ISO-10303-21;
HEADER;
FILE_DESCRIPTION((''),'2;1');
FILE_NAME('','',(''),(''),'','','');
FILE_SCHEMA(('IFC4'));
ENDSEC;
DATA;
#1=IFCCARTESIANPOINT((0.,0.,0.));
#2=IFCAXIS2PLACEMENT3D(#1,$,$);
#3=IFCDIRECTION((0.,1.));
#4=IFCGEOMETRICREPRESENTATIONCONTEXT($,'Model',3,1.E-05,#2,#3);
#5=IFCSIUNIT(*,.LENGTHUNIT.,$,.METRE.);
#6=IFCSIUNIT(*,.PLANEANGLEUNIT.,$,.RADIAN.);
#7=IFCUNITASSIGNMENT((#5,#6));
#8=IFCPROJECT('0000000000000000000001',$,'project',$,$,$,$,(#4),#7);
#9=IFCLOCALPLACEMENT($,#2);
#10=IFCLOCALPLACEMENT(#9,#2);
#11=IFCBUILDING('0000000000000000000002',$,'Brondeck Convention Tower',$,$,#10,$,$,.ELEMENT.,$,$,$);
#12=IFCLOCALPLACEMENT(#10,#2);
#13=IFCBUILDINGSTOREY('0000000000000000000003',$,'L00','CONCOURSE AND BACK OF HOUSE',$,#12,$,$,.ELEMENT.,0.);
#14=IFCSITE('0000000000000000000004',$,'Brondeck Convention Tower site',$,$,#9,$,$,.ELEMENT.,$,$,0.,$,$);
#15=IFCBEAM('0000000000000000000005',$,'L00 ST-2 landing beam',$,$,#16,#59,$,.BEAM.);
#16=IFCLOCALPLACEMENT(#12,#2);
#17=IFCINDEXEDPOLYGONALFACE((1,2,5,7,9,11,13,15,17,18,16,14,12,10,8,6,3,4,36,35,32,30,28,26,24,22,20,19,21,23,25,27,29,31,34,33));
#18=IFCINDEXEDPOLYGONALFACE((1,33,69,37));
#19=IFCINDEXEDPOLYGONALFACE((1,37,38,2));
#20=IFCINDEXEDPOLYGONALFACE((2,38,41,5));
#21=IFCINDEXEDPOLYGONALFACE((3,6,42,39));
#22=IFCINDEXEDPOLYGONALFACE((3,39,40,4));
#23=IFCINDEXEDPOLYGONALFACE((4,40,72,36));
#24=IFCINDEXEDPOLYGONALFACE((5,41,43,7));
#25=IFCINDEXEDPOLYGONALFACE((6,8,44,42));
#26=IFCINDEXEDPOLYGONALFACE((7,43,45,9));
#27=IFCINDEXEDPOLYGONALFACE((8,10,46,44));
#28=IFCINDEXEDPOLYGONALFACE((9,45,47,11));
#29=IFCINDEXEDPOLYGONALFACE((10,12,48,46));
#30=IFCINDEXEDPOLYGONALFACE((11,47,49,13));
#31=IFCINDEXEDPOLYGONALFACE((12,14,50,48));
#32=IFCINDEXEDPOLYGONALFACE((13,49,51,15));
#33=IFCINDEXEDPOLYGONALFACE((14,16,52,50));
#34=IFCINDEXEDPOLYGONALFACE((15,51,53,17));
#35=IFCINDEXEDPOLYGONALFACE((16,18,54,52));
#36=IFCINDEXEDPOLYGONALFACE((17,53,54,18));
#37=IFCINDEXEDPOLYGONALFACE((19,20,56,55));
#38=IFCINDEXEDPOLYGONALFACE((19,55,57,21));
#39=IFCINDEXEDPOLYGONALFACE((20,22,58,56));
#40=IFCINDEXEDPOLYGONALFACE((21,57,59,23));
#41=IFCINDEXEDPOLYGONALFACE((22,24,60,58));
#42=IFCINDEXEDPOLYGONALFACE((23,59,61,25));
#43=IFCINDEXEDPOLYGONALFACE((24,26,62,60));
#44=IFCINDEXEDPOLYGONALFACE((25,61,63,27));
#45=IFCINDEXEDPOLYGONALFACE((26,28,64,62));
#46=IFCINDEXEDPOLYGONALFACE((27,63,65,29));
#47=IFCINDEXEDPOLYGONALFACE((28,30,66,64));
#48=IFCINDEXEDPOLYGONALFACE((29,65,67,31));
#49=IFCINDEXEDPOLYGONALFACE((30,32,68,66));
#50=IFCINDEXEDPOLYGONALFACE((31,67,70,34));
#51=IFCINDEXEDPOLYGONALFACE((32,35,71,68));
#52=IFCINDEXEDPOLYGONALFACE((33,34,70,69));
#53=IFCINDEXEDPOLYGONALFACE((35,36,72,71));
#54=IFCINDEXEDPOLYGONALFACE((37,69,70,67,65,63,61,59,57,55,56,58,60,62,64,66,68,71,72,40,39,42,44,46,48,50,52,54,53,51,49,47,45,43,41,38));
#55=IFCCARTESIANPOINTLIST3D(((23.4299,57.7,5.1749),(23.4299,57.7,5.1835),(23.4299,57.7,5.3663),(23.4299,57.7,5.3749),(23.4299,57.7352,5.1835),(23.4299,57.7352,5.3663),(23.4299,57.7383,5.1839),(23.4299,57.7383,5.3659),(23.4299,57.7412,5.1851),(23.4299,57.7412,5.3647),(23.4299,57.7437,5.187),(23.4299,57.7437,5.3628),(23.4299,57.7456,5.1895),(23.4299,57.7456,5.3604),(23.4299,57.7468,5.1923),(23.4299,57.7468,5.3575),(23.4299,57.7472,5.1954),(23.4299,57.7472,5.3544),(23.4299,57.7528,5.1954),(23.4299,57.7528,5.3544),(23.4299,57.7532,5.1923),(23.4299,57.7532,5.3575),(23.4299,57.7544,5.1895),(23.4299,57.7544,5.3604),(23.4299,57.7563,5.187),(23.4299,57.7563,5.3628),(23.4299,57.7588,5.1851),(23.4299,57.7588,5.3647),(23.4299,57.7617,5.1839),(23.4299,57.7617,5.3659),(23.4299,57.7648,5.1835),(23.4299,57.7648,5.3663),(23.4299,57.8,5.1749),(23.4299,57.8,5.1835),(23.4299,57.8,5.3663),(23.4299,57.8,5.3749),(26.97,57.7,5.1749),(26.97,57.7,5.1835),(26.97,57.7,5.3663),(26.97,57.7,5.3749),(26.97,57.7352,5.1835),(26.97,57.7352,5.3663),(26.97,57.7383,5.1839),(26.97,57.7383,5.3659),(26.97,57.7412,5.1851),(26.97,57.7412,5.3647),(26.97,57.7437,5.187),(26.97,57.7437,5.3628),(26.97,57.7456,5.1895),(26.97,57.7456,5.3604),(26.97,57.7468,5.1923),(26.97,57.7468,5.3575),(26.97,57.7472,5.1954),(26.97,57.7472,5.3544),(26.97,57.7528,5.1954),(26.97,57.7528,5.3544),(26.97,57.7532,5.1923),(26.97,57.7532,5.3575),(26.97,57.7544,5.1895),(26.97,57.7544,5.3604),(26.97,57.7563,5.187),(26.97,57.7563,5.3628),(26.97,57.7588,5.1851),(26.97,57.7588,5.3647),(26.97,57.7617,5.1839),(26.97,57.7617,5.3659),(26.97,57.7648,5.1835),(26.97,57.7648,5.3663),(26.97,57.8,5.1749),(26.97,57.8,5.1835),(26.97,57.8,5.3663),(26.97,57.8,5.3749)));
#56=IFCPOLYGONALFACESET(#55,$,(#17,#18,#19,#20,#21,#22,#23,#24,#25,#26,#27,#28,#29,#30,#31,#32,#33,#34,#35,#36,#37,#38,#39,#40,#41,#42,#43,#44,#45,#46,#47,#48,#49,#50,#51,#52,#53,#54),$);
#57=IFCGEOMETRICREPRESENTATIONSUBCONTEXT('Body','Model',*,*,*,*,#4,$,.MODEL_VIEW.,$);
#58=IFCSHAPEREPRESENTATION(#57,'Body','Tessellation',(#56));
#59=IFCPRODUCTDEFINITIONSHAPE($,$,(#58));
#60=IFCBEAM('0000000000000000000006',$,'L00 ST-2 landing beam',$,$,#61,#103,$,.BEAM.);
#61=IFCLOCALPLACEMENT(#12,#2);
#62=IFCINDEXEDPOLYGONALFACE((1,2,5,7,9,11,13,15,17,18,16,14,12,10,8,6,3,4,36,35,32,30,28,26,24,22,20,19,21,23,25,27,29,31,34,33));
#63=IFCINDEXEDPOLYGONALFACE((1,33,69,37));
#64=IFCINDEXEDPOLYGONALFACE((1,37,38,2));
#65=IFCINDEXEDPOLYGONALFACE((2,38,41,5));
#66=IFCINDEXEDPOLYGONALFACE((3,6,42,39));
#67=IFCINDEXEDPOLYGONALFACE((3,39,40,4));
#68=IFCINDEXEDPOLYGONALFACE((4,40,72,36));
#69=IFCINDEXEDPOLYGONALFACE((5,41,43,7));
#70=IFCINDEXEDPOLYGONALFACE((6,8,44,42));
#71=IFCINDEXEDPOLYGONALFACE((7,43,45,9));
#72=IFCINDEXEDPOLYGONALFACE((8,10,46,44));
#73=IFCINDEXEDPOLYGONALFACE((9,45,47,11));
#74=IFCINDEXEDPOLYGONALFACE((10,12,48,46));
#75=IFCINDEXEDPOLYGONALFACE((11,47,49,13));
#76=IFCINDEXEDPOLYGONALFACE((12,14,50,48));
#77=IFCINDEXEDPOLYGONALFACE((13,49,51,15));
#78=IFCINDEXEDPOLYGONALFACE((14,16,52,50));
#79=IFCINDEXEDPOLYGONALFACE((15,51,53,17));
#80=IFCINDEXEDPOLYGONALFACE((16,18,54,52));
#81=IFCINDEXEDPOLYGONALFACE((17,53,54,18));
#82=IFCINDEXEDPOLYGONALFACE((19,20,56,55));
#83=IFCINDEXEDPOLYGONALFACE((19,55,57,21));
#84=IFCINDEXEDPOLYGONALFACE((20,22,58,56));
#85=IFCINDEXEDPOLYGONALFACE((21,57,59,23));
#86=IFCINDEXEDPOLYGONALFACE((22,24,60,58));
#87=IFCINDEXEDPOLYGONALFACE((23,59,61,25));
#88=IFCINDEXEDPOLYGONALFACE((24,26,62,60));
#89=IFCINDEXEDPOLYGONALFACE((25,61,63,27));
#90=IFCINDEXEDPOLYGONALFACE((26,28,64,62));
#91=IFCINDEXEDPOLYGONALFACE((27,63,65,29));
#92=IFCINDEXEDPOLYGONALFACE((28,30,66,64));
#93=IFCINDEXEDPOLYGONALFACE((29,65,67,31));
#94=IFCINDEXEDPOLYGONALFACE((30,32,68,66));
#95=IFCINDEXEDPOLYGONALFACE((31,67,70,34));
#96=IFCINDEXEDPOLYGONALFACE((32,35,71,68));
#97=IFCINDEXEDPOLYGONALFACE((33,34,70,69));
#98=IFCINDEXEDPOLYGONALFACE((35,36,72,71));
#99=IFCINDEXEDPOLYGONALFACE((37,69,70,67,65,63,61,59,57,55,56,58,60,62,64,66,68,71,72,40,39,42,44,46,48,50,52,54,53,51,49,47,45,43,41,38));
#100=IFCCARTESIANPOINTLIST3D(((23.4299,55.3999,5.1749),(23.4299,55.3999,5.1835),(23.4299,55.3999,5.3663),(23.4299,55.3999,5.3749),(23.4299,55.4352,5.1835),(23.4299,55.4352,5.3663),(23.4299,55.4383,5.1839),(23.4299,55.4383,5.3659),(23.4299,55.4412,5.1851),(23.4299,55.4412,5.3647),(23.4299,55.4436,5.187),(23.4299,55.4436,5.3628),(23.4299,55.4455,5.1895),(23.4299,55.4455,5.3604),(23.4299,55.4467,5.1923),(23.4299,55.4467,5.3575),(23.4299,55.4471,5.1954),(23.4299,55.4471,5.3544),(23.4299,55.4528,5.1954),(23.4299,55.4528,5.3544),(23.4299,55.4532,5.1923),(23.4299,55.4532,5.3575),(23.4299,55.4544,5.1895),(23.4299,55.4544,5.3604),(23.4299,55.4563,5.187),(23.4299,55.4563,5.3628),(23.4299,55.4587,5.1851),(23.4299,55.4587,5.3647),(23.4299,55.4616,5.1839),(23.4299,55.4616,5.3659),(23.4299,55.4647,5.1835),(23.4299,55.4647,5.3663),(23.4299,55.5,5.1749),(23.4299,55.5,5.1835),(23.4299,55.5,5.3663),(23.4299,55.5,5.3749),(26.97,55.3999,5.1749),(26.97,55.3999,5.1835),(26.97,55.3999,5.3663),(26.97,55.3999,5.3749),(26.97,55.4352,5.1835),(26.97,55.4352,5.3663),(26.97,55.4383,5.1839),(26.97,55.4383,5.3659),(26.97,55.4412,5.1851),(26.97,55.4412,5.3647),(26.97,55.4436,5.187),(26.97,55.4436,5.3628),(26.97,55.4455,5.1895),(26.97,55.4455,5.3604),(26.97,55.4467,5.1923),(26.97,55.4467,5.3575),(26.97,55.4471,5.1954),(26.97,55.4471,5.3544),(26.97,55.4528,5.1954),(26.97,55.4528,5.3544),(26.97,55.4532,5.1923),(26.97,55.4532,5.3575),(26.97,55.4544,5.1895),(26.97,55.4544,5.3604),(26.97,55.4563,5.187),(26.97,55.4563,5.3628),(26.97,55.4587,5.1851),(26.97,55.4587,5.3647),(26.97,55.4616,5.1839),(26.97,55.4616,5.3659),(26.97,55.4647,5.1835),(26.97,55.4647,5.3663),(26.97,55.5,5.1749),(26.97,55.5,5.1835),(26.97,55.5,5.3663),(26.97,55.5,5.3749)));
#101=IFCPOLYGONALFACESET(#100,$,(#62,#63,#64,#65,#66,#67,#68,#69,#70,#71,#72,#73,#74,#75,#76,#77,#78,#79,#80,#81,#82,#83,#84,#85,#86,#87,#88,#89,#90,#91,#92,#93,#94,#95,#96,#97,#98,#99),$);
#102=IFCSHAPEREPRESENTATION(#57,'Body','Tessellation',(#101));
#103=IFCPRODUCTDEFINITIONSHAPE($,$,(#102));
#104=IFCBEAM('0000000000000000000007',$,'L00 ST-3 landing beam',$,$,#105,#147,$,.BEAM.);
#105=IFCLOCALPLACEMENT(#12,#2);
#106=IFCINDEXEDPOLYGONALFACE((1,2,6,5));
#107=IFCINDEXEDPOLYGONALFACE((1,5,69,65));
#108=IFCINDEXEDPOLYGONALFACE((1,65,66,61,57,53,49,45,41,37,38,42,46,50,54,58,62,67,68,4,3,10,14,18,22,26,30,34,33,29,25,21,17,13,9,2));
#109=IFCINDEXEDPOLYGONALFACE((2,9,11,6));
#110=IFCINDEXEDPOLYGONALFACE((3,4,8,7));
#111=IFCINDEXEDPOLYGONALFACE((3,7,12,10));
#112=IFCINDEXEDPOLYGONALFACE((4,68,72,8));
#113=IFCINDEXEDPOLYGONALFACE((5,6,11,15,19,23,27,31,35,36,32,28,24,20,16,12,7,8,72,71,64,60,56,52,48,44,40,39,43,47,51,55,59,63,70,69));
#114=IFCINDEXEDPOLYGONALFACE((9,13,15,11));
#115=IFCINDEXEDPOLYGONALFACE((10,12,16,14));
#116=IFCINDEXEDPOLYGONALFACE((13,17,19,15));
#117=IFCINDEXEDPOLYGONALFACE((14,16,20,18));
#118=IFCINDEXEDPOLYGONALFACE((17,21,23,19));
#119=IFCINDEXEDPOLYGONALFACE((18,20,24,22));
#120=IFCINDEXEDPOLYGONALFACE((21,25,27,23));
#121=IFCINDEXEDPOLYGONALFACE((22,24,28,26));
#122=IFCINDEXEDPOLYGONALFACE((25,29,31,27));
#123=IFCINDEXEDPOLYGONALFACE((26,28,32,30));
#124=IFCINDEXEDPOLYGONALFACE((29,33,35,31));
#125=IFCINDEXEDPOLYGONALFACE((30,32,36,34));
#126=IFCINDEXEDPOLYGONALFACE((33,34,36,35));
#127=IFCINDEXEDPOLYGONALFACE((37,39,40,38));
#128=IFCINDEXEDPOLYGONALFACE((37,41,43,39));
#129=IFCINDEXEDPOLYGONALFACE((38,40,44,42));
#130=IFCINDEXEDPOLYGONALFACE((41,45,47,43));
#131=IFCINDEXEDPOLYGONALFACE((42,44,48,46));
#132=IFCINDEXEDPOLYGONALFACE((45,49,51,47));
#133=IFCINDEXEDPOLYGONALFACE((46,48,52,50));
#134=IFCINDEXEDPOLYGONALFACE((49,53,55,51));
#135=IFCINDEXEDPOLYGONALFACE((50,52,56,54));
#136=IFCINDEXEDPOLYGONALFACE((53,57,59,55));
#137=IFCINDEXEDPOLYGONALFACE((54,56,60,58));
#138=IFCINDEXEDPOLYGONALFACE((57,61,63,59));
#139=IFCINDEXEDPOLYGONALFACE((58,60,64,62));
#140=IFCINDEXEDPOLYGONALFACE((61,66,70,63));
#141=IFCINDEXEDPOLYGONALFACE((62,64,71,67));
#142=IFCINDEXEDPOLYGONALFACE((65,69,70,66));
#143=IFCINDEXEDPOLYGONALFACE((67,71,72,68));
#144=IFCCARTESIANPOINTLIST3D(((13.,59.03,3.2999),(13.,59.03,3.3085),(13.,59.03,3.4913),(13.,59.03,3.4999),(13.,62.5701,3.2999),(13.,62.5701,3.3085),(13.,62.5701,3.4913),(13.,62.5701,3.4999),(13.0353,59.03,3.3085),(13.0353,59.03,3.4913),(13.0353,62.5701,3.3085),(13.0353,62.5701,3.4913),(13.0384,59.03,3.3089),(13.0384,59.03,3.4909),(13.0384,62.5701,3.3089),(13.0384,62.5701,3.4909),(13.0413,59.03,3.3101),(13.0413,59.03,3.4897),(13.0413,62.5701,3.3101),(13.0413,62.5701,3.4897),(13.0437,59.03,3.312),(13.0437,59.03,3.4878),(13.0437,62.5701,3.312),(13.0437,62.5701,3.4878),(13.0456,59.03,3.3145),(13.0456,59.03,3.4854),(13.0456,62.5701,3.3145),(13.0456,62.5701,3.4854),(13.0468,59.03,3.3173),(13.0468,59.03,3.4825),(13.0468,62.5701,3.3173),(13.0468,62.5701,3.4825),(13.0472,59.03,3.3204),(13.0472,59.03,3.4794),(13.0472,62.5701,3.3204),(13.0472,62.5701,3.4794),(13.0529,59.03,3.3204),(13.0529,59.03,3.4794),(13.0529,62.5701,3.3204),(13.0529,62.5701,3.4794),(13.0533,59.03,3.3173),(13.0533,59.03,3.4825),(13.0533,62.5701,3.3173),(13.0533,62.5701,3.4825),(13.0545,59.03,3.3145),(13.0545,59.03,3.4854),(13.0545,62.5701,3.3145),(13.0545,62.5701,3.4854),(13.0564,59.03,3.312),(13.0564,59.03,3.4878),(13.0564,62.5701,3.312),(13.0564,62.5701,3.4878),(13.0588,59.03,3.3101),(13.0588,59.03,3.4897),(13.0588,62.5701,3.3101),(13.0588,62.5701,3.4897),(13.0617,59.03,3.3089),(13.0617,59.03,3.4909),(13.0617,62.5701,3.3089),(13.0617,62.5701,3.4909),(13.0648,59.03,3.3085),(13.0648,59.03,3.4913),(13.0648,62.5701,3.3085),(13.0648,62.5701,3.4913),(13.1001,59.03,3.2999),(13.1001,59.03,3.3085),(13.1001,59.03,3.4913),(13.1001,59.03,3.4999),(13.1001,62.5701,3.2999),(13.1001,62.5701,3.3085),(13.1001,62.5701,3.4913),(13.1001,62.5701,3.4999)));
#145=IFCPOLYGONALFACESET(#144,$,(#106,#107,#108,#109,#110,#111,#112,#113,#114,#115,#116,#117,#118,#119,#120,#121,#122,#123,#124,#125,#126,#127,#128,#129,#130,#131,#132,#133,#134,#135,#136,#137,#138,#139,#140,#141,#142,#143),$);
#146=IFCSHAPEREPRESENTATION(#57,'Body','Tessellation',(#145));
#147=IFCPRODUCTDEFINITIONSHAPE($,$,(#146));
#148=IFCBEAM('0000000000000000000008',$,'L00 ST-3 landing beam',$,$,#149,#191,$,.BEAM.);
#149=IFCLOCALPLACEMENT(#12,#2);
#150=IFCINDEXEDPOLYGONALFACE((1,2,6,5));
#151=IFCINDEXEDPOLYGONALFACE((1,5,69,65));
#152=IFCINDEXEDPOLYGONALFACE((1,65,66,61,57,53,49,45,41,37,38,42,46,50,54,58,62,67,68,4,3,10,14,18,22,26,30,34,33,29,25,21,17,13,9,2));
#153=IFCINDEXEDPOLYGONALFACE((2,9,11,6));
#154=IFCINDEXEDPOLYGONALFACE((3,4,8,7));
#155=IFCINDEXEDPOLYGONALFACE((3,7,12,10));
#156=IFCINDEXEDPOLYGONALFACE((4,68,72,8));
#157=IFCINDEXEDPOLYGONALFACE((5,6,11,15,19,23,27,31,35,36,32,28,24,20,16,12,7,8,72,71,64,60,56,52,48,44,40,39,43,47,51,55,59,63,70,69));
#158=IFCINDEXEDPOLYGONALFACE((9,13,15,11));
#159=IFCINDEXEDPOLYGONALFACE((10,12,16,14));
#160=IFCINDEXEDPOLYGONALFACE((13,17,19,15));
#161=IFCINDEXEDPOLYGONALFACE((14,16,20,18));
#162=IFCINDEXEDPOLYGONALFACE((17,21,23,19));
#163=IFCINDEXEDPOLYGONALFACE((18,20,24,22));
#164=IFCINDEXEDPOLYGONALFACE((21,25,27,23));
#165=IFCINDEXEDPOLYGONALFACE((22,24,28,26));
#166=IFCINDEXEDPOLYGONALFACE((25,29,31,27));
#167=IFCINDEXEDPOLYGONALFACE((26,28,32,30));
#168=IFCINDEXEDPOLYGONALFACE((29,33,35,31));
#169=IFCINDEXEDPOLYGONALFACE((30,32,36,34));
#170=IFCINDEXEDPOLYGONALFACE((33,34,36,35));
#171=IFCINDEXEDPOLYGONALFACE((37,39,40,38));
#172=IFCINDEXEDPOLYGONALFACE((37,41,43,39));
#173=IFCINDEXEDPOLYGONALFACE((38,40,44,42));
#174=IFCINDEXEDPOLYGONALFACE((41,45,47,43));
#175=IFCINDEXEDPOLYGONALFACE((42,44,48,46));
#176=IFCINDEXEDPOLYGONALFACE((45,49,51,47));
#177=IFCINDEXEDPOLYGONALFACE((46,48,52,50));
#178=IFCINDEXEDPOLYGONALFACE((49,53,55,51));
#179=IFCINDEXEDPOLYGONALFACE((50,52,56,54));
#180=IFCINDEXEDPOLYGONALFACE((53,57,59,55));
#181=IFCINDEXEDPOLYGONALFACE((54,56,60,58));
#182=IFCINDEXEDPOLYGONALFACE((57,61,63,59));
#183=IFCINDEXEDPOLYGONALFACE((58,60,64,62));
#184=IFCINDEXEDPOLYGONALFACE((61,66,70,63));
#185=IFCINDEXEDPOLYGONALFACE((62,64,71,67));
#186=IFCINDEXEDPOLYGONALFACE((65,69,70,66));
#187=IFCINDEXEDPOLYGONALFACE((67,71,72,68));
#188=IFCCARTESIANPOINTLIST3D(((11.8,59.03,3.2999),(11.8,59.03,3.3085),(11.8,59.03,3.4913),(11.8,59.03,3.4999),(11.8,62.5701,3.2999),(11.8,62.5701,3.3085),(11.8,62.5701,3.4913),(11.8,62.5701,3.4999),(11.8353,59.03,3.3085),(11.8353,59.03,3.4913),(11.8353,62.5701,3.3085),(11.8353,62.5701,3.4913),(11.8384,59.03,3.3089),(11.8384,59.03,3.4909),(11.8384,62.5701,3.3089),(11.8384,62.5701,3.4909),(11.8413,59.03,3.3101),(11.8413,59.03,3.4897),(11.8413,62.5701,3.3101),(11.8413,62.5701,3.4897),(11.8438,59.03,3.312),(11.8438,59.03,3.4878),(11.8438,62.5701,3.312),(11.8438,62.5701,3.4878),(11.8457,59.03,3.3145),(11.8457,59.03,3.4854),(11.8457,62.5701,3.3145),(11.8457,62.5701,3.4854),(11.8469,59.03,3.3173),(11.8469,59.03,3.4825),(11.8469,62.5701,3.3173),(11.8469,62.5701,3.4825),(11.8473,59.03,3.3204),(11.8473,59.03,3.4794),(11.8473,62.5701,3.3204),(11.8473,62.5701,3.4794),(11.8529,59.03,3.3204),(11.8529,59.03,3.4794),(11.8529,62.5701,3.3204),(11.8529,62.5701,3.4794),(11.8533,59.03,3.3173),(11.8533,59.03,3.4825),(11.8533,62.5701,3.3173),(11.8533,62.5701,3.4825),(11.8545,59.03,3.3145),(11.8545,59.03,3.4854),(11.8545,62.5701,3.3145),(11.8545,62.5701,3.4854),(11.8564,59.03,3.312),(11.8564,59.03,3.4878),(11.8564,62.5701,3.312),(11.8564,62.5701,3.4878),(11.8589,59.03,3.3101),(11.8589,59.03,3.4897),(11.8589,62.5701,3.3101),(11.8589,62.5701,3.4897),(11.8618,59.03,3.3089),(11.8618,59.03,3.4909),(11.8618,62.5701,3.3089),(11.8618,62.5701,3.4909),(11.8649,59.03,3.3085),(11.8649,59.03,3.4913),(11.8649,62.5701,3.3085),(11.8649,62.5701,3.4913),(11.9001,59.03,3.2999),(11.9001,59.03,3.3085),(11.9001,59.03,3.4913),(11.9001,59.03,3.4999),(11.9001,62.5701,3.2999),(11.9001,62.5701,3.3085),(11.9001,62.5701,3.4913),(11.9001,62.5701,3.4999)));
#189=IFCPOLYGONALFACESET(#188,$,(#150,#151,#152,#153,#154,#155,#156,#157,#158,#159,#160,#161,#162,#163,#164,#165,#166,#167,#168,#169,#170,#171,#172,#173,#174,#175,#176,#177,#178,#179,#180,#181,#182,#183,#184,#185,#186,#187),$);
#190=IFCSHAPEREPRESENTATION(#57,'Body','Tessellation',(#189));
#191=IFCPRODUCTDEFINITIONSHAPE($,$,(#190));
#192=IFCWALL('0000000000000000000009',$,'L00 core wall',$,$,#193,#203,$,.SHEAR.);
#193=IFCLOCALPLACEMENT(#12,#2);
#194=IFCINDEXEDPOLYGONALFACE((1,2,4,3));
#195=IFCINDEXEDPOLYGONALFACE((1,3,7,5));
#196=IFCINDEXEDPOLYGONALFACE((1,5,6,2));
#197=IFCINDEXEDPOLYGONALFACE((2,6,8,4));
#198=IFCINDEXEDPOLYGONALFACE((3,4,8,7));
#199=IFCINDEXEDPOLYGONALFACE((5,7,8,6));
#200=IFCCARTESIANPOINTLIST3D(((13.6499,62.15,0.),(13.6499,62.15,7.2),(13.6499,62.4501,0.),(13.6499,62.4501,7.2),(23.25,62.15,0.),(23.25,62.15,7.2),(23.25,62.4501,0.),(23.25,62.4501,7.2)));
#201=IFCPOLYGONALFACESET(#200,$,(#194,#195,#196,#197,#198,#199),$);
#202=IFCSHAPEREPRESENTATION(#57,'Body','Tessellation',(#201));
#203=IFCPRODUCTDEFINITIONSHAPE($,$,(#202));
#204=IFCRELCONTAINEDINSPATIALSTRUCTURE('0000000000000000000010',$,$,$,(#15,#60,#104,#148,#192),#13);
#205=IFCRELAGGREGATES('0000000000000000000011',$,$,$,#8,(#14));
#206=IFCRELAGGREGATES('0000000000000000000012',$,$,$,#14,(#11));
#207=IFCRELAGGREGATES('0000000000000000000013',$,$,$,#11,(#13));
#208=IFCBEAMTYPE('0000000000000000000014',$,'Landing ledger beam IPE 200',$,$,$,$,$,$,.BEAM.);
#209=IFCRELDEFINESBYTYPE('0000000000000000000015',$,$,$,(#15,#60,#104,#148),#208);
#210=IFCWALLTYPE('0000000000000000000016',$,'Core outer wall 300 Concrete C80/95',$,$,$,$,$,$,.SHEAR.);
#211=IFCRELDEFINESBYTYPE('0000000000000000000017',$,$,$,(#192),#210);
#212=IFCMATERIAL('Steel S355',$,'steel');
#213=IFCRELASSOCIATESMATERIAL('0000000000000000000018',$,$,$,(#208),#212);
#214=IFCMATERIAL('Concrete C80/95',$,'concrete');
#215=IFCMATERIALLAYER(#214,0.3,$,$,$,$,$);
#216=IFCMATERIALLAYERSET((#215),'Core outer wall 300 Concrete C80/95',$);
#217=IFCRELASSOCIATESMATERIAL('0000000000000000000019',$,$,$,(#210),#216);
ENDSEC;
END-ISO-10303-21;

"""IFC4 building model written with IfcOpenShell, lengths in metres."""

from ifc_helpers import new_model, si_unit, direction, frame, frame_2d, origin, origin_2d, place, context, subcontext, project, spatial, rectangle, i_section, extrude, material, layer, layer_set, material_profile, profile_set, type_object, element, save


model = new_model("IFC4")

# Units and contexts
model_context = context("Model", 3, precision=1e-05, world=origin(), true_north=direction((0.0, 1.0)))
body_context = subcontext(model_context, "Body", "Model", "MODEL_VIEW")
ifc_project = project(units=[si_unit("LENGTHUNIT", "METRE"), si_unit("PLANEANGLEUNIT", "RADIAN")], contexts=[model_context])

# Site, building, storey
site_placement = place(None, origin())
site = spatial("IfcSite", under=ifc_project, at=site_placement, Name="Brondeck Convention Tower site", CompositionType="ELEMENT", RefElevation=0.0)
building_placement = place(site_placement, origin())
building = spatial("IfcBuilding", under=site, at=building_placement, Name="Brondeck Convention Tower", CompositionType="ELEMENT")
storey_placement = place(building_placement, origin())
storey = spatial("IfcBuildingStorey", under=building, at=storey_placement, Name="L00", Description="CONCOURSE AND BACK OF HOUSE", CompositionType="ELEMENT", Elevation=0.0)

# Shared definitions
ifc_material_1 = material(Name="Concrete C80/95", Category="concrete")

# Beams
ifc_material_2 = material(Name="Steel S355", Category="steel")
ifc_material_profile_1 = material_profile(ifc_material_2, i_section(OverallWidth=0.1001, OverallDepth=0.2, WebThickness=0.0056, FlangeThickness=0.0085, FilletRadius=0.012, at=origin_2d()), Name="IPE200")
ifc_profile_set_1 = profile_set([ifc_material_profile_1], Name="Steel S355")
beam_type = type_object("IfcBeamType", Name="Landing ledger beam IPE 200", PredefinedType="BEAM", material=ifc_profile_set_1)
for number, where, z_axis, x_axis, name in (
    (1, (23.4299, 57.75, 5.2749), (1.0, 0.0, 0.0), (0.0, 1.0, 0.0), "L00 ST-2 landing beam"),
    (2, (23.4299, 55.45, 5.2749), (1.0, 0.0, 0.0), (0.0, 1.0, 0.0), "L00 ST-2 landing beam"),
    (3, (13.05, 62.5701, 3.3999), (0.0, -1.0, 0.0), (1.0, 0.0, 0.0), "L00 ST-3 landing beam"),
    (4, (11.8501, 62.5701, 3.3999), (0.0, -1.0, 0.0), (1.0, 0.0, 0.0), "L00 ST-3 landing beam"),
):
    element("IfcBeam", number, at=place(storey_placement, frame(where, z_axis=z_axis, x_axis=x_axis)), inside=storey, type_object=beam_type, Name=name, PredefinedType="BEAM", context=body_context, shape_type="SweptSolid", body=[
        extrude(i_section(OverallWidth=0.1001, OverallDepth=0.2, WebThickness=0.0056, FlangeThickness=0.0085, FilletRadius=0.012, at=origin_2d()), origin(), (0.0, 0.0, 1.0), 3.54),
    ])

# Wall
ifc_layer_1 = layer(ifc_material_1, 0.3)
ifc_layer_set_1 = layer_set([ifc_layer_1], Name="Core outer wall 300 Concrete C80/95")
wall_type_1 = type_object("IfcWallType", Name="Core outer wall 300 Concrete C80/95", PredefinedType="SHEAR", material=ifc_layer_set_1)
wall_1_placement = place(storey_placement, frame((13.6499, 62.3, 0.0), z_axis=(0.0, 0.0, 1.0), x_axis=(1.0, 0.0, 0.0)))
element("IfcWall", 5, at=wall_1_placement, inside=storey, type_object=wall_type_1, Name="L00 core wall", PredefinedType="SHEAR", context=body_context, shape_type="SweptSolid", body=[
    extrude(rectangle(XDim=9.6001, YDim=0.3, at=frame_2d((4.8, 0.0))), origin(), (0.0, 0.0, 1.0), 7.2),
])

save(model, "model.ifc")
